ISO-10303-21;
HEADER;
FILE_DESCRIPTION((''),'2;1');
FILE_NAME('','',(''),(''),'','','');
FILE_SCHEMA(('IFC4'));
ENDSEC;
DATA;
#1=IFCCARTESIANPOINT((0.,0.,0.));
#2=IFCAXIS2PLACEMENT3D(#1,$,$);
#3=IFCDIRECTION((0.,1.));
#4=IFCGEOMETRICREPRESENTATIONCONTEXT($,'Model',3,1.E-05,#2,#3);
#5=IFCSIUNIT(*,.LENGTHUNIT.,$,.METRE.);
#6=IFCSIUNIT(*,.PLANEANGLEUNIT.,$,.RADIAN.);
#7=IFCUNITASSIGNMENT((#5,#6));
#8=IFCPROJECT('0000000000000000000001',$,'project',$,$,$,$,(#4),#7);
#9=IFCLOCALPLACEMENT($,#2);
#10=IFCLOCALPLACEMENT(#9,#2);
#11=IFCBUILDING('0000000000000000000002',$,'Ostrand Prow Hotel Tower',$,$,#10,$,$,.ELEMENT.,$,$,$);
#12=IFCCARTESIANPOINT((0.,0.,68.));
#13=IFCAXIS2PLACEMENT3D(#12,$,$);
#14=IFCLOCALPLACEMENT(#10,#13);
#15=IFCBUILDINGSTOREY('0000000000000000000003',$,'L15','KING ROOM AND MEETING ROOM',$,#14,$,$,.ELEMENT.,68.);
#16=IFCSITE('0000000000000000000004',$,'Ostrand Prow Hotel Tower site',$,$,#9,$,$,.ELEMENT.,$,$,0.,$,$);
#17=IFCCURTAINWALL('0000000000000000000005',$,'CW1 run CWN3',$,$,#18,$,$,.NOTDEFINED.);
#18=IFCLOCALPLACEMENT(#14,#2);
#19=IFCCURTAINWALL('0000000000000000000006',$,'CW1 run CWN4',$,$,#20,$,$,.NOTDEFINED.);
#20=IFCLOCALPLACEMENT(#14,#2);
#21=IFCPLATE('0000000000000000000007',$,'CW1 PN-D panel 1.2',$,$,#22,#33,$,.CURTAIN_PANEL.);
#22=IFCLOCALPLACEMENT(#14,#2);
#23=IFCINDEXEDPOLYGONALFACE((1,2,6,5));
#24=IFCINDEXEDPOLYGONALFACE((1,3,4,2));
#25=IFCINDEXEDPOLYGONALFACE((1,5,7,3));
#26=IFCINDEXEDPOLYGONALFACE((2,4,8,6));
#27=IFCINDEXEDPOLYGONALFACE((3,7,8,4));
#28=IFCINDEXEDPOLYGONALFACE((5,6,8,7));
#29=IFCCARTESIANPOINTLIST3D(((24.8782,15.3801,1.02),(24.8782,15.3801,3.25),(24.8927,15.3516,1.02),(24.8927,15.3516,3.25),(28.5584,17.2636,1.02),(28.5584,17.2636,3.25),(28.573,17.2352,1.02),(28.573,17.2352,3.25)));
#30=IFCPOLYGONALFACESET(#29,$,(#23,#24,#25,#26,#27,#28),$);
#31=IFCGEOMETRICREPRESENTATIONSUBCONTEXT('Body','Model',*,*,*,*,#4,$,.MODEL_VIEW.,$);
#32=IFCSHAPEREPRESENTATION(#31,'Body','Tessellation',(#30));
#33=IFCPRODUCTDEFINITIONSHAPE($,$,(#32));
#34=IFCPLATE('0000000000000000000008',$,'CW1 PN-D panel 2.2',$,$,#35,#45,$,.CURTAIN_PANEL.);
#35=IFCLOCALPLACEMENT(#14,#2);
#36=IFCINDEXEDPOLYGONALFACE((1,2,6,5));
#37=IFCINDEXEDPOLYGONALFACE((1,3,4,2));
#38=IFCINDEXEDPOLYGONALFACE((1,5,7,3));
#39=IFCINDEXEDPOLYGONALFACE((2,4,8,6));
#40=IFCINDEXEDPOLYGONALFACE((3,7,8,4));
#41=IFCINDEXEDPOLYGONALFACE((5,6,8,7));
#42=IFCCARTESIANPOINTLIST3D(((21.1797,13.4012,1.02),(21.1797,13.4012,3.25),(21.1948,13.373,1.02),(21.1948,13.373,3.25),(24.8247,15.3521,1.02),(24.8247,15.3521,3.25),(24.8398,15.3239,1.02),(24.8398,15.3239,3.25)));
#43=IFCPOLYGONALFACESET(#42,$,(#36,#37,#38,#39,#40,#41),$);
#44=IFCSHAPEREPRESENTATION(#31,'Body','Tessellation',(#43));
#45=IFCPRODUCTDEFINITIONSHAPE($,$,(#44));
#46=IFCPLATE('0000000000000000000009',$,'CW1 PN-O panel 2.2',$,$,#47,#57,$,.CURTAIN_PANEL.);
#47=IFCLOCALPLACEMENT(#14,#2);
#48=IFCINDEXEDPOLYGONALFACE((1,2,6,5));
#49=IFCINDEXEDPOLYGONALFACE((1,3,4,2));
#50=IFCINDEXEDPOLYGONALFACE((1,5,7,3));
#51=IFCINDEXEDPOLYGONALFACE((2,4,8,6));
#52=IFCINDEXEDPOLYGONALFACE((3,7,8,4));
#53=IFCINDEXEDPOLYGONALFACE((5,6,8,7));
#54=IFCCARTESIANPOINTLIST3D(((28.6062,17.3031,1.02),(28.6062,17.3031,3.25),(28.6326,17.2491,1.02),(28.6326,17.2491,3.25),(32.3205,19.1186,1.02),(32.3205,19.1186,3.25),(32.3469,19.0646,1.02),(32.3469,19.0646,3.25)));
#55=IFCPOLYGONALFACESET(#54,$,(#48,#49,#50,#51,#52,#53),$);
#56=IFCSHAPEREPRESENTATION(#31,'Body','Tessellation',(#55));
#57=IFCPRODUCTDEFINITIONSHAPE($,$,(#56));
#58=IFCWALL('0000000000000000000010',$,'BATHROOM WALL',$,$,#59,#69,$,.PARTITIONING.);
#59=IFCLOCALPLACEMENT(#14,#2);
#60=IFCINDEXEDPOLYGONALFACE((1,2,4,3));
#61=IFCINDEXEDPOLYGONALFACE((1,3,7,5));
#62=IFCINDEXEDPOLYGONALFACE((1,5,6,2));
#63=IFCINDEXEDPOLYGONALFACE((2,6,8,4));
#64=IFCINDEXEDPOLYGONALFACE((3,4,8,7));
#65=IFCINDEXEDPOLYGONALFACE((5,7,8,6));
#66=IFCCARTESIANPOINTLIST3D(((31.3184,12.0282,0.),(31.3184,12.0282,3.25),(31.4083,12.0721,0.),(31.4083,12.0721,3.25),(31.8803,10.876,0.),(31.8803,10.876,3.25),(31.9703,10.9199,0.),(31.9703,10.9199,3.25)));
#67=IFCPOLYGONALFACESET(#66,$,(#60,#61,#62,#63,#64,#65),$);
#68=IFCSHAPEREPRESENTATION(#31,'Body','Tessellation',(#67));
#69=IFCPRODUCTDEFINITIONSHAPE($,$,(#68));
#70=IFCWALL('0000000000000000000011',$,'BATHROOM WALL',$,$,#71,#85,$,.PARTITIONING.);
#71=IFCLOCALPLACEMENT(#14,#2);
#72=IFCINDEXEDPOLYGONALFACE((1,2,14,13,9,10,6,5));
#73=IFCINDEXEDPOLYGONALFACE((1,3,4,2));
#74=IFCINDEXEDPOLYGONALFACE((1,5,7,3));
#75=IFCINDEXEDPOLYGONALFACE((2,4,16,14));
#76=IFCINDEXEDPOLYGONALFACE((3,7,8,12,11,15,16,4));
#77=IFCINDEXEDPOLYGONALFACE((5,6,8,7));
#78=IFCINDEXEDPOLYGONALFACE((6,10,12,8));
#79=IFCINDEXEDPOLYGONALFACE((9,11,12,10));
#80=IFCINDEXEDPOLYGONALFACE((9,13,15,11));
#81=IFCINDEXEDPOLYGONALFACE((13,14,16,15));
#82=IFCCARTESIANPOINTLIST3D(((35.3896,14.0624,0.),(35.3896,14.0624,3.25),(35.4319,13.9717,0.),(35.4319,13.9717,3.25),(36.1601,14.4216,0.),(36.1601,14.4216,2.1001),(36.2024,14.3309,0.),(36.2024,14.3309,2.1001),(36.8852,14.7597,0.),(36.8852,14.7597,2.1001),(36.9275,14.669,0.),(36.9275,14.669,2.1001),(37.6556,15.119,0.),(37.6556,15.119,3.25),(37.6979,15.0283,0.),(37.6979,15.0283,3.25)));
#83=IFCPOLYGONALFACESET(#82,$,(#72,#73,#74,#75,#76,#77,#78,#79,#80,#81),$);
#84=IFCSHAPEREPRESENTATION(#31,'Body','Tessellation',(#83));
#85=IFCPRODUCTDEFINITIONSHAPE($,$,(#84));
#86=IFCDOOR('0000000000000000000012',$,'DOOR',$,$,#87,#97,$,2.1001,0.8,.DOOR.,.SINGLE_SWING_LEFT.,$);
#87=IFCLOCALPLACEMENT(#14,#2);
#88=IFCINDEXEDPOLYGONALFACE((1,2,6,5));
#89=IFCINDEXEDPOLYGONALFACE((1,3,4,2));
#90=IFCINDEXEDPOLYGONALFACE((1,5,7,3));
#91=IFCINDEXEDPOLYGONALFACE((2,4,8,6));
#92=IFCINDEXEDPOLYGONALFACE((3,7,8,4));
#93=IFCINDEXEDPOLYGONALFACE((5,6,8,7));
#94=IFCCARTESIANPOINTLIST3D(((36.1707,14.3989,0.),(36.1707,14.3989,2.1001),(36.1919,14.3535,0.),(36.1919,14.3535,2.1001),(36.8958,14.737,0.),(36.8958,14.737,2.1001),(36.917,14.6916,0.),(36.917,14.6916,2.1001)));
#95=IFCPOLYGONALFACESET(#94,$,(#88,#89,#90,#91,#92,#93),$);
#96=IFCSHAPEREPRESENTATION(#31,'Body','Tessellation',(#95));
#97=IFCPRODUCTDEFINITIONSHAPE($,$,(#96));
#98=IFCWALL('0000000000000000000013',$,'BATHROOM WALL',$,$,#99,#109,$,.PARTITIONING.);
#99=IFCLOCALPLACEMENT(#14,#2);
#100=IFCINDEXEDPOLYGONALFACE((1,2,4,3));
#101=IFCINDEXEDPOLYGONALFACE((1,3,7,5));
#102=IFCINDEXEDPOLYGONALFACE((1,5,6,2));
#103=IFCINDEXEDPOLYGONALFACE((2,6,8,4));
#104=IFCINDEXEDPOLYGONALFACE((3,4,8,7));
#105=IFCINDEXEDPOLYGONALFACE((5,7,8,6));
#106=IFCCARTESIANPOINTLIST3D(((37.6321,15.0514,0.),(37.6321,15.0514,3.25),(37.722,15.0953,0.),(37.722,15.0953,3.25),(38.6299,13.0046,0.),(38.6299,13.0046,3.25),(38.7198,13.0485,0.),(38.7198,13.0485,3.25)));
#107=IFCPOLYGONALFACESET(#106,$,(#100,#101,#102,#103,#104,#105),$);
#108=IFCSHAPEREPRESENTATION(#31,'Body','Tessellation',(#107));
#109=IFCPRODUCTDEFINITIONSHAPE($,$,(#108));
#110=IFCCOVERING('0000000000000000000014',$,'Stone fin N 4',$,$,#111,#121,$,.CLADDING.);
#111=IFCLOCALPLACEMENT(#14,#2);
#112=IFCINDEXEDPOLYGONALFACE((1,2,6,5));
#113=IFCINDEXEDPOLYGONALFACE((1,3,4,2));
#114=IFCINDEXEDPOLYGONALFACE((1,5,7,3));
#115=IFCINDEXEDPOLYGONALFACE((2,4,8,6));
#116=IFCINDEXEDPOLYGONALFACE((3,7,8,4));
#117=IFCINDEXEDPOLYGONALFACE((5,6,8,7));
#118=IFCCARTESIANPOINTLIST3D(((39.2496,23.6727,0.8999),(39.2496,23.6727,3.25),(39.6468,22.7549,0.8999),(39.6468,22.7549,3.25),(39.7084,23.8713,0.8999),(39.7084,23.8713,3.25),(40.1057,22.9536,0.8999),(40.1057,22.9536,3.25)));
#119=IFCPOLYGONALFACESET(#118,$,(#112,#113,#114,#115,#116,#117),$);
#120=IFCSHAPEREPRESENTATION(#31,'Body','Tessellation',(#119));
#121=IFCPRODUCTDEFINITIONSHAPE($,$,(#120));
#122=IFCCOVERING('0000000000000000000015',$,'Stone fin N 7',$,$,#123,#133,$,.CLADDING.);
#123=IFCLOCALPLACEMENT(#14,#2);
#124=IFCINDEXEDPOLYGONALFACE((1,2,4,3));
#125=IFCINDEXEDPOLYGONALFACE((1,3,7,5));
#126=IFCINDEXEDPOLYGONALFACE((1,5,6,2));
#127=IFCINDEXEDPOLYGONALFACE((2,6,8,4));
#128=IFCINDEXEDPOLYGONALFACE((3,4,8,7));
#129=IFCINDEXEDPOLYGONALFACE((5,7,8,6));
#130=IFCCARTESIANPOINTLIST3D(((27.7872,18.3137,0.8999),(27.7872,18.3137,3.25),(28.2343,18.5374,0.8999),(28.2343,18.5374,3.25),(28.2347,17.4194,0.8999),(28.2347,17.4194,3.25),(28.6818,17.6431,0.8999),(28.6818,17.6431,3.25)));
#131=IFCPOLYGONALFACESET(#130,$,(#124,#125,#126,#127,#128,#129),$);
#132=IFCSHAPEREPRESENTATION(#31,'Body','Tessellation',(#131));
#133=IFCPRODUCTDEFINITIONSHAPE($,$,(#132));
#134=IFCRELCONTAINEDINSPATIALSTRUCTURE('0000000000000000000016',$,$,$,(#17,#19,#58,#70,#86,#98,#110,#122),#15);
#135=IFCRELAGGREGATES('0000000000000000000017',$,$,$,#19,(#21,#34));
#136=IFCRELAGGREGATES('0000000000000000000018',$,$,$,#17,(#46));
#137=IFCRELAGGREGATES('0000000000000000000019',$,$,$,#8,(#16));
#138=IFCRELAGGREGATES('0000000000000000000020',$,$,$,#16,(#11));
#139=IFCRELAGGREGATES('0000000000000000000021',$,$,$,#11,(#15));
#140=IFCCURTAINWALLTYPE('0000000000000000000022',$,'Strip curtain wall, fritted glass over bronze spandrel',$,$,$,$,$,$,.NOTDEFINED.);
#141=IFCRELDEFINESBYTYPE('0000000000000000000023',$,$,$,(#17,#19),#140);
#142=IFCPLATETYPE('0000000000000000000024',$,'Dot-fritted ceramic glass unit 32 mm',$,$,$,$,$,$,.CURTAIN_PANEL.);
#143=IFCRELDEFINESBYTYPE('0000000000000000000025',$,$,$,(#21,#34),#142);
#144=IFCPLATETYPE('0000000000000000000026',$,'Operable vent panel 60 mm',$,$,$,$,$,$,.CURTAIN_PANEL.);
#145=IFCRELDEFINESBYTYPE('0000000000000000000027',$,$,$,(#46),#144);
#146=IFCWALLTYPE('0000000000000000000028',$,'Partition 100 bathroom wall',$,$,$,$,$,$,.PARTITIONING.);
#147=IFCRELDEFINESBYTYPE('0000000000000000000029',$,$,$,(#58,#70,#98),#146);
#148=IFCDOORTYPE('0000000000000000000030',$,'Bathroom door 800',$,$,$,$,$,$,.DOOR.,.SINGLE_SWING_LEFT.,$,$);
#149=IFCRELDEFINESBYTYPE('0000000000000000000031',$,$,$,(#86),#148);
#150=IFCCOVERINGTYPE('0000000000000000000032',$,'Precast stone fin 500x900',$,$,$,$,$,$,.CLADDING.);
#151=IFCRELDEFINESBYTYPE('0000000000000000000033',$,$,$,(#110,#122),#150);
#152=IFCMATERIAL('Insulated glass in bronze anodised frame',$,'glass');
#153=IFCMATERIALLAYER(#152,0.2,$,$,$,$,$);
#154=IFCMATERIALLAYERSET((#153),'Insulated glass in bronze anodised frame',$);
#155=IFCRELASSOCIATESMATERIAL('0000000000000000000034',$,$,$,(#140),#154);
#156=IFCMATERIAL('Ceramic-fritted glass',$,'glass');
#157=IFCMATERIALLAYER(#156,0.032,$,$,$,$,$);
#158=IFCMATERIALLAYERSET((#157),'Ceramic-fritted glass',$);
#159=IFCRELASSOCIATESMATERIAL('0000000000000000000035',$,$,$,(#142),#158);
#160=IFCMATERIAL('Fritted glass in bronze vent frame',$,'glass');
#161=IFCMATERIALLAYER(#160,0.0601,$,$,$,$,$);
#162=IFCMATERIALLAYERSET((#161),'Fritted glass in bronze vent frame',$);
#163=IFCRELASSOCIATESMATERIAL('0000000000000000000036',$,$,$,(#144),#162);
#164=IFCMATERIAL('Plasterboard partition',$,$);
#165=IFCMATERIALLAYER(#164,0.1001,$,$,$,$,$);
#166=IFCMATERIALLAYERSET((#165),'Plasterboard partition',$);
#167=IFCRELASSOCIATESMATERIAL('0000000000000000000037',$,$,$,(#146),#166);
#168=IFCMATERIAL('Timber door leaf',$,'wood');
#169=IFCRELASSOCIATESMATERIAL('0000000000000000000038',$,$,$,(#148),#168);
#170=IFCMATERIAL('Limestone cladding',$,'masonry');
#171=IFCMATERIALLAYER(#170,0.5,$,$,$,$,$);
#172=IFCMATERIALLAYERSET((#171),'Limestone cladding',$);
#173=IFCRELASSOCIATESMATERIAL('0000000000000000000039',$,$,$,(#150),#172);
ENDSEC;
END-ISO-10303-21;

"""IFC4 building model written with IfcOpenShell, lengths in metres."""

from ifc_helpers import new_model, si_unit, direction, frame, frame_2d, origin, origin_2d, place, context, subcontext, project, spatial, rectangle, extrude, material, layer, layer_set, type_object, element, fill, aggregate, save


model = new_model("IFC4")

# Units and contexts
model_context = context("Model", 3, precision=1e-05, world=origin(), true_north=direction((0.0, 1.0)))
body_context = subcontext(model_context, "Body", "Model", "MODEL_VIEW")
ifc_project = project(units=[si_unit("LENGTHUNIT", "METRE"), si_unit("PLANEANGLEUNIT", "RADIAN")], contexts=[model_context])

# Site, building, storey
site_placement = place(None, origin())
site = spatial("IfcSite", under=ifc_project, at=site_placement, Name="Ostrand Prow Hotel Tower site", CompositionType="ELEMENT", RefElevation=0.0)
building_placement = place(site_placement, origin())
building = spatial("IfcBuilding", under=site, at=building_placement, Name="Ostrand Prow Hotel Tower", CompositionType="ELEMENT")
storey_placement = place(building_placement, frame((0.0, 0.0, 68.0)))
storey = spatial("IfcBuildingStorey", under=building, at=storey_placement, Name="L15", Description="KING ROOM AND MEETING ROOM", CompositionType="ELEMENT", Elevation=68.0)

# Shared definitions
ifc_material_1 = material(Name="Insulated glass in bronze anodised frame", Category="glass")
ifc_layer_1 = layer(ifc_material_1, 0.2)
ifc_layer_set_1 = layer_set([ifc_layer_1], Name="Insulated glass in bronze anodised frame")
curtain_wall_type = type_object("IfcCurtainWallType", Name="Strip curtain wall, fritted glass over bronze spandrel", PredefinedType="NOTDEFINED", material=ifc_layer_set_1)

# Curtain wall
curtain_wall_1_placement = place(storey_placement, origin())
curtain_wall_1 = element("IfcCurtainWall", 1, at=curtain_wall_1_placement, inside=storey, type_object=curtain_wall_type, Name="CW1 run CWN3", PredefinedType="NOTDEFINED")

# Curtain wall
curtain_wall_2_placement = place(storey_placement, origin())
curtain_wall_2 = element("IfcCurtainWall", 2, at=curtain_wall_2_placement, inside=storey, type_object=curtain_wall_type, Name="CW1 run CWN4", PredefinedType="NOTDEFINED")

# Plates
ifc_material_2 = material(Name="Ceramic-fritted glass", Category="glass")
ifc_layer_2 = layer(ifc_material_2, 0.032)
ifc_layer_set_2 = layer_set([ifc_layer_2], Name="Ceramic-fritted glass")
plate_type_1 = type_object("IfcPlateType", Name="Dot-fritted ceramic glass unit 32 mm", PredefinedType="CURTAIN_PANEL", material=ifc_layer_set_2)
plate_1_placement = place(storey_placement, frame((26.7256, 16.3076, 1.02), z_axis=(0.0, 0.0, 1.0), x_axis=(-0.890187, -0.455596, 0.0)))
plate_1 = element("IfcPlate", 3, at=plate_1_placement, type_object=plate_type_1, Name="CW1 PN-D panel 1.2", PredefinedType="CURTAIN_PANEL", context=body_context, shape_type="SweptSolid", body=[
    extrude(rectangle(XDim=4.1343, YDim=0.032, at=origin_2d()), origin(), (0.0, 0.0, 1.0), 2.23),
])
plate_2_placement = place(storey_placement, frame((23.0098, 14.3625, 1.02), z_axis=(0.0, 0.0, 1.0), x_axis=(-0.881652, -0.4719, 0.0)))
plate_2 = element("IfcPlate", 4, at=plate_2_placement, type_object=plate_type_1, Name="CW1 PN-D panel 2.2", PredefinedType="CURTAIN_PANEL", context=body_context, shape_type="SweptSolid", body=[
    extrude(rectangle(XDim=4.1343, YDim=0.032, at=origin_2d()), origin(), (0.0, 0.0, 1.0), 2.23),
])
aggregate(curtain_wall_2, [plate_1, plate_2])
ifc_material_3 = material(Name="Fritted glass in bronze vent frame", Category="glass")
ifc_layer_3 = layer(ifc_material_3, 0.0601)
ifc_layer_set_3 = layer_set([ifc_layer_3], Name="Fritted glass in bronze vent frame")
plate_type_2 = type_object("IfcPlateType", Name="Operable vent panel 60 mm", PredefinedType="CURTAIN_PANEL", material=ifc_layer_set_3)
plate_3_placement = place(storey_placement, frame((30.4766, 18.1838, 1.02), z_axis=(0.0, 0.0, 1.0), x_axis=(-0.89842, -0.439138, 0.0)))
plate_3 = element("IfcPlate", 5, at=plate_3_placement, type_object=plate_type_2, Name="CW1 PN-O panel 2.2", PredefinedType="CURTAIN_PANEL", context=body_context, shape_type="SweptSolid", body=[
    extrude(rectangle(XDim=4.1343, YDim=0.0601, at=origin_2d()), origin(), (0.0, 0.0, 1.0), 2.23),
])
aggregate(curtain_wall_1, [plate_3])

# Wall
ifc_material_4 = material(Name="Plasterboard partition")
ifc_layer_4 = layer(ifc_material_4, 0.1001)
ifc_layer_set_4 = layer_set([ifc_layer_4], Name="Plasterboard partition")
wall_type = type_object("IfcWallType", Name="Partition 100 bathroom wall", PredefinedType="PARTITIONING", material=ifc_layer_set_4)
wall_1_placement = place(storey_placement, frame((31.3633, 12.0503, 0.0), z_axis=(0.0, 0.0, 1.0), x_axis=(0.438356, -0.898801, 0.0)))
element("IfcWall", 6, at=wall_1_placement, inside=storey, type_object=wall_type, Name="BATHROOM WALL", PredefinedType="PARTITIONING", context=body_context, shape_type="SweptSolid", body=[
    extrude(rectangle(XDim=1.282, YDim=0.1001, at=frame_2d((0.6411, 0.0))), origin(), (0.0, 0.0, 1.0), 3.25),
])

# Wall, opening, door
wall_2_placement = place(storey_placement, frame((35.4109, 14.0171, 0.0), z_axis=(0.0, 0.0, 1.0), x_axis=(0.906318, 0.422597, 0.0)))
wall_2 = element("IfcWall", 7, at=wall_2_placement, inside=storey, type_object=wall_type, Name="BATHROOM WALL", PredefinedType="PARTITIONING", context=body_context, shape_type="SweptSolid", body=[
    extrude(rectangle(XDim=2.5002, YDim=0.1001, at=frame_2d((1.25, 0.0))), origin(), (0.0, 0.0, 1.0), 3.25),
])
opening_placement = place(wall_2_placement, frame((0.8501, 0.0, 0.0)))
opening = element("IfcOpeningElement", 8, at=opening_placement, cuts=wall_2, PredefinedType="OPENING", context=body_context, shape_type="SweptSolid", body=[
    extrude(rectangle(XDim=0.8, YDim=2.1001, at=frame_2d((0.3999, 1.05))), frame((0.0, 0.0601, 0.0), z_axis=(0.0, -1.0, 0.0), x_axis=(1.0, 0.0, 0.0)), (0.0, 0.0, 1.0), 0.1201),
])
ifc_material_5 = material(Name="Timber door leaf", Category="wood")
door_type = type_object("IfcDoorType", Name="Bathroom door 800", OperationType="SINGLE_SWING_LEFT", PredefinedType="DOOR", material=ifc_material_5)
door_placement = place(opening_placement, origin())
door = element("IfcDoor", 9, at=door_placement, inside=storey, type_object=door_type, Name="DOOR", OperationType="SINGLE_SWING_LEFT", OverallHeight=2.1001, OverallWidth=0.8, PredefinedType="DOOR", context=body_context, shape_type="SweptSolid", body=[
    extrude(rectangle(XDim=0.8, YDim=2.1001, at=frame_2d((0.3999, 1.05))), frame((0.0, 0.0249, 0.0), z_axis=(0.0, -1.0, 0.0), x_axis=(1.0, 0.0, 0.0)), (0.0, 0.0, 1.0), 0.05),
])
fill(opening, door)

# Wall
wall_3_placement = place(storey_placement, frame((37.677, 15.0735, 0.0), z_axis=(0.0, 0.0, 1.0), x_axis=(0.438185, -0.898885, 0.0)))
element("IfcWall", 10, at=wall_3_placement, inside=storey, type_object=wall_type, Name="BATHROOM WALL", PredefinedType="PARTITIONING", context=body_context, shape_type="SweptSolid", body=[
    extrude(rectangle(XDim=2.2771, YDim=0.1001, at=frame_2d((1.1387, 0.0))), origin(), (0.0, 0.0, 1.0), 3.25),
])

# Coverings
ifc_material_6 = material(Name="Limestone cladding", Category="masonry")
ifc_layer_5 = layer(ifc_material_6, 0.5)
ifc_layer_set_5 = layer_set([ifc_layer_5], Name="Limestone cladding")
covering_type = type_object("IfcCoveringType", Name="Precast stone fin 500x900", PredefinedType="CLADDING", material=ifc_layer_set_5)
for number, where, z_axis, x_axis, name in (
    (11, (39.8762, 22.8542, 0.8999), (0.0, 0.0, 1.0), (-0.397217, 0.917725, 0.0), "Stone fin N 4"),
    (12, (28.4583, 17.5312, 0.8999), (0.0, 0.0, 1.0), (-0.447507, 0.894281, 0.0), "Stone fin N 7"),
):
    element("IfcCovering", number, at=place(storey_placement, frame(where, z_axis=z_axis, x_axis=x_axis)), inside=storey, type_object=covering_type, Name=name, PredefinedType="CLADDING", context=body_context, shape_type="SweptSolid", body=[
        extrude(rectangle(XDim=1.0, YDim=0.5, at=frame_2d((0.5, 0.0))), origin(), (0.0, 0.0, 1.0), 2.3501),
    ])

save(model, "model.ifc")
